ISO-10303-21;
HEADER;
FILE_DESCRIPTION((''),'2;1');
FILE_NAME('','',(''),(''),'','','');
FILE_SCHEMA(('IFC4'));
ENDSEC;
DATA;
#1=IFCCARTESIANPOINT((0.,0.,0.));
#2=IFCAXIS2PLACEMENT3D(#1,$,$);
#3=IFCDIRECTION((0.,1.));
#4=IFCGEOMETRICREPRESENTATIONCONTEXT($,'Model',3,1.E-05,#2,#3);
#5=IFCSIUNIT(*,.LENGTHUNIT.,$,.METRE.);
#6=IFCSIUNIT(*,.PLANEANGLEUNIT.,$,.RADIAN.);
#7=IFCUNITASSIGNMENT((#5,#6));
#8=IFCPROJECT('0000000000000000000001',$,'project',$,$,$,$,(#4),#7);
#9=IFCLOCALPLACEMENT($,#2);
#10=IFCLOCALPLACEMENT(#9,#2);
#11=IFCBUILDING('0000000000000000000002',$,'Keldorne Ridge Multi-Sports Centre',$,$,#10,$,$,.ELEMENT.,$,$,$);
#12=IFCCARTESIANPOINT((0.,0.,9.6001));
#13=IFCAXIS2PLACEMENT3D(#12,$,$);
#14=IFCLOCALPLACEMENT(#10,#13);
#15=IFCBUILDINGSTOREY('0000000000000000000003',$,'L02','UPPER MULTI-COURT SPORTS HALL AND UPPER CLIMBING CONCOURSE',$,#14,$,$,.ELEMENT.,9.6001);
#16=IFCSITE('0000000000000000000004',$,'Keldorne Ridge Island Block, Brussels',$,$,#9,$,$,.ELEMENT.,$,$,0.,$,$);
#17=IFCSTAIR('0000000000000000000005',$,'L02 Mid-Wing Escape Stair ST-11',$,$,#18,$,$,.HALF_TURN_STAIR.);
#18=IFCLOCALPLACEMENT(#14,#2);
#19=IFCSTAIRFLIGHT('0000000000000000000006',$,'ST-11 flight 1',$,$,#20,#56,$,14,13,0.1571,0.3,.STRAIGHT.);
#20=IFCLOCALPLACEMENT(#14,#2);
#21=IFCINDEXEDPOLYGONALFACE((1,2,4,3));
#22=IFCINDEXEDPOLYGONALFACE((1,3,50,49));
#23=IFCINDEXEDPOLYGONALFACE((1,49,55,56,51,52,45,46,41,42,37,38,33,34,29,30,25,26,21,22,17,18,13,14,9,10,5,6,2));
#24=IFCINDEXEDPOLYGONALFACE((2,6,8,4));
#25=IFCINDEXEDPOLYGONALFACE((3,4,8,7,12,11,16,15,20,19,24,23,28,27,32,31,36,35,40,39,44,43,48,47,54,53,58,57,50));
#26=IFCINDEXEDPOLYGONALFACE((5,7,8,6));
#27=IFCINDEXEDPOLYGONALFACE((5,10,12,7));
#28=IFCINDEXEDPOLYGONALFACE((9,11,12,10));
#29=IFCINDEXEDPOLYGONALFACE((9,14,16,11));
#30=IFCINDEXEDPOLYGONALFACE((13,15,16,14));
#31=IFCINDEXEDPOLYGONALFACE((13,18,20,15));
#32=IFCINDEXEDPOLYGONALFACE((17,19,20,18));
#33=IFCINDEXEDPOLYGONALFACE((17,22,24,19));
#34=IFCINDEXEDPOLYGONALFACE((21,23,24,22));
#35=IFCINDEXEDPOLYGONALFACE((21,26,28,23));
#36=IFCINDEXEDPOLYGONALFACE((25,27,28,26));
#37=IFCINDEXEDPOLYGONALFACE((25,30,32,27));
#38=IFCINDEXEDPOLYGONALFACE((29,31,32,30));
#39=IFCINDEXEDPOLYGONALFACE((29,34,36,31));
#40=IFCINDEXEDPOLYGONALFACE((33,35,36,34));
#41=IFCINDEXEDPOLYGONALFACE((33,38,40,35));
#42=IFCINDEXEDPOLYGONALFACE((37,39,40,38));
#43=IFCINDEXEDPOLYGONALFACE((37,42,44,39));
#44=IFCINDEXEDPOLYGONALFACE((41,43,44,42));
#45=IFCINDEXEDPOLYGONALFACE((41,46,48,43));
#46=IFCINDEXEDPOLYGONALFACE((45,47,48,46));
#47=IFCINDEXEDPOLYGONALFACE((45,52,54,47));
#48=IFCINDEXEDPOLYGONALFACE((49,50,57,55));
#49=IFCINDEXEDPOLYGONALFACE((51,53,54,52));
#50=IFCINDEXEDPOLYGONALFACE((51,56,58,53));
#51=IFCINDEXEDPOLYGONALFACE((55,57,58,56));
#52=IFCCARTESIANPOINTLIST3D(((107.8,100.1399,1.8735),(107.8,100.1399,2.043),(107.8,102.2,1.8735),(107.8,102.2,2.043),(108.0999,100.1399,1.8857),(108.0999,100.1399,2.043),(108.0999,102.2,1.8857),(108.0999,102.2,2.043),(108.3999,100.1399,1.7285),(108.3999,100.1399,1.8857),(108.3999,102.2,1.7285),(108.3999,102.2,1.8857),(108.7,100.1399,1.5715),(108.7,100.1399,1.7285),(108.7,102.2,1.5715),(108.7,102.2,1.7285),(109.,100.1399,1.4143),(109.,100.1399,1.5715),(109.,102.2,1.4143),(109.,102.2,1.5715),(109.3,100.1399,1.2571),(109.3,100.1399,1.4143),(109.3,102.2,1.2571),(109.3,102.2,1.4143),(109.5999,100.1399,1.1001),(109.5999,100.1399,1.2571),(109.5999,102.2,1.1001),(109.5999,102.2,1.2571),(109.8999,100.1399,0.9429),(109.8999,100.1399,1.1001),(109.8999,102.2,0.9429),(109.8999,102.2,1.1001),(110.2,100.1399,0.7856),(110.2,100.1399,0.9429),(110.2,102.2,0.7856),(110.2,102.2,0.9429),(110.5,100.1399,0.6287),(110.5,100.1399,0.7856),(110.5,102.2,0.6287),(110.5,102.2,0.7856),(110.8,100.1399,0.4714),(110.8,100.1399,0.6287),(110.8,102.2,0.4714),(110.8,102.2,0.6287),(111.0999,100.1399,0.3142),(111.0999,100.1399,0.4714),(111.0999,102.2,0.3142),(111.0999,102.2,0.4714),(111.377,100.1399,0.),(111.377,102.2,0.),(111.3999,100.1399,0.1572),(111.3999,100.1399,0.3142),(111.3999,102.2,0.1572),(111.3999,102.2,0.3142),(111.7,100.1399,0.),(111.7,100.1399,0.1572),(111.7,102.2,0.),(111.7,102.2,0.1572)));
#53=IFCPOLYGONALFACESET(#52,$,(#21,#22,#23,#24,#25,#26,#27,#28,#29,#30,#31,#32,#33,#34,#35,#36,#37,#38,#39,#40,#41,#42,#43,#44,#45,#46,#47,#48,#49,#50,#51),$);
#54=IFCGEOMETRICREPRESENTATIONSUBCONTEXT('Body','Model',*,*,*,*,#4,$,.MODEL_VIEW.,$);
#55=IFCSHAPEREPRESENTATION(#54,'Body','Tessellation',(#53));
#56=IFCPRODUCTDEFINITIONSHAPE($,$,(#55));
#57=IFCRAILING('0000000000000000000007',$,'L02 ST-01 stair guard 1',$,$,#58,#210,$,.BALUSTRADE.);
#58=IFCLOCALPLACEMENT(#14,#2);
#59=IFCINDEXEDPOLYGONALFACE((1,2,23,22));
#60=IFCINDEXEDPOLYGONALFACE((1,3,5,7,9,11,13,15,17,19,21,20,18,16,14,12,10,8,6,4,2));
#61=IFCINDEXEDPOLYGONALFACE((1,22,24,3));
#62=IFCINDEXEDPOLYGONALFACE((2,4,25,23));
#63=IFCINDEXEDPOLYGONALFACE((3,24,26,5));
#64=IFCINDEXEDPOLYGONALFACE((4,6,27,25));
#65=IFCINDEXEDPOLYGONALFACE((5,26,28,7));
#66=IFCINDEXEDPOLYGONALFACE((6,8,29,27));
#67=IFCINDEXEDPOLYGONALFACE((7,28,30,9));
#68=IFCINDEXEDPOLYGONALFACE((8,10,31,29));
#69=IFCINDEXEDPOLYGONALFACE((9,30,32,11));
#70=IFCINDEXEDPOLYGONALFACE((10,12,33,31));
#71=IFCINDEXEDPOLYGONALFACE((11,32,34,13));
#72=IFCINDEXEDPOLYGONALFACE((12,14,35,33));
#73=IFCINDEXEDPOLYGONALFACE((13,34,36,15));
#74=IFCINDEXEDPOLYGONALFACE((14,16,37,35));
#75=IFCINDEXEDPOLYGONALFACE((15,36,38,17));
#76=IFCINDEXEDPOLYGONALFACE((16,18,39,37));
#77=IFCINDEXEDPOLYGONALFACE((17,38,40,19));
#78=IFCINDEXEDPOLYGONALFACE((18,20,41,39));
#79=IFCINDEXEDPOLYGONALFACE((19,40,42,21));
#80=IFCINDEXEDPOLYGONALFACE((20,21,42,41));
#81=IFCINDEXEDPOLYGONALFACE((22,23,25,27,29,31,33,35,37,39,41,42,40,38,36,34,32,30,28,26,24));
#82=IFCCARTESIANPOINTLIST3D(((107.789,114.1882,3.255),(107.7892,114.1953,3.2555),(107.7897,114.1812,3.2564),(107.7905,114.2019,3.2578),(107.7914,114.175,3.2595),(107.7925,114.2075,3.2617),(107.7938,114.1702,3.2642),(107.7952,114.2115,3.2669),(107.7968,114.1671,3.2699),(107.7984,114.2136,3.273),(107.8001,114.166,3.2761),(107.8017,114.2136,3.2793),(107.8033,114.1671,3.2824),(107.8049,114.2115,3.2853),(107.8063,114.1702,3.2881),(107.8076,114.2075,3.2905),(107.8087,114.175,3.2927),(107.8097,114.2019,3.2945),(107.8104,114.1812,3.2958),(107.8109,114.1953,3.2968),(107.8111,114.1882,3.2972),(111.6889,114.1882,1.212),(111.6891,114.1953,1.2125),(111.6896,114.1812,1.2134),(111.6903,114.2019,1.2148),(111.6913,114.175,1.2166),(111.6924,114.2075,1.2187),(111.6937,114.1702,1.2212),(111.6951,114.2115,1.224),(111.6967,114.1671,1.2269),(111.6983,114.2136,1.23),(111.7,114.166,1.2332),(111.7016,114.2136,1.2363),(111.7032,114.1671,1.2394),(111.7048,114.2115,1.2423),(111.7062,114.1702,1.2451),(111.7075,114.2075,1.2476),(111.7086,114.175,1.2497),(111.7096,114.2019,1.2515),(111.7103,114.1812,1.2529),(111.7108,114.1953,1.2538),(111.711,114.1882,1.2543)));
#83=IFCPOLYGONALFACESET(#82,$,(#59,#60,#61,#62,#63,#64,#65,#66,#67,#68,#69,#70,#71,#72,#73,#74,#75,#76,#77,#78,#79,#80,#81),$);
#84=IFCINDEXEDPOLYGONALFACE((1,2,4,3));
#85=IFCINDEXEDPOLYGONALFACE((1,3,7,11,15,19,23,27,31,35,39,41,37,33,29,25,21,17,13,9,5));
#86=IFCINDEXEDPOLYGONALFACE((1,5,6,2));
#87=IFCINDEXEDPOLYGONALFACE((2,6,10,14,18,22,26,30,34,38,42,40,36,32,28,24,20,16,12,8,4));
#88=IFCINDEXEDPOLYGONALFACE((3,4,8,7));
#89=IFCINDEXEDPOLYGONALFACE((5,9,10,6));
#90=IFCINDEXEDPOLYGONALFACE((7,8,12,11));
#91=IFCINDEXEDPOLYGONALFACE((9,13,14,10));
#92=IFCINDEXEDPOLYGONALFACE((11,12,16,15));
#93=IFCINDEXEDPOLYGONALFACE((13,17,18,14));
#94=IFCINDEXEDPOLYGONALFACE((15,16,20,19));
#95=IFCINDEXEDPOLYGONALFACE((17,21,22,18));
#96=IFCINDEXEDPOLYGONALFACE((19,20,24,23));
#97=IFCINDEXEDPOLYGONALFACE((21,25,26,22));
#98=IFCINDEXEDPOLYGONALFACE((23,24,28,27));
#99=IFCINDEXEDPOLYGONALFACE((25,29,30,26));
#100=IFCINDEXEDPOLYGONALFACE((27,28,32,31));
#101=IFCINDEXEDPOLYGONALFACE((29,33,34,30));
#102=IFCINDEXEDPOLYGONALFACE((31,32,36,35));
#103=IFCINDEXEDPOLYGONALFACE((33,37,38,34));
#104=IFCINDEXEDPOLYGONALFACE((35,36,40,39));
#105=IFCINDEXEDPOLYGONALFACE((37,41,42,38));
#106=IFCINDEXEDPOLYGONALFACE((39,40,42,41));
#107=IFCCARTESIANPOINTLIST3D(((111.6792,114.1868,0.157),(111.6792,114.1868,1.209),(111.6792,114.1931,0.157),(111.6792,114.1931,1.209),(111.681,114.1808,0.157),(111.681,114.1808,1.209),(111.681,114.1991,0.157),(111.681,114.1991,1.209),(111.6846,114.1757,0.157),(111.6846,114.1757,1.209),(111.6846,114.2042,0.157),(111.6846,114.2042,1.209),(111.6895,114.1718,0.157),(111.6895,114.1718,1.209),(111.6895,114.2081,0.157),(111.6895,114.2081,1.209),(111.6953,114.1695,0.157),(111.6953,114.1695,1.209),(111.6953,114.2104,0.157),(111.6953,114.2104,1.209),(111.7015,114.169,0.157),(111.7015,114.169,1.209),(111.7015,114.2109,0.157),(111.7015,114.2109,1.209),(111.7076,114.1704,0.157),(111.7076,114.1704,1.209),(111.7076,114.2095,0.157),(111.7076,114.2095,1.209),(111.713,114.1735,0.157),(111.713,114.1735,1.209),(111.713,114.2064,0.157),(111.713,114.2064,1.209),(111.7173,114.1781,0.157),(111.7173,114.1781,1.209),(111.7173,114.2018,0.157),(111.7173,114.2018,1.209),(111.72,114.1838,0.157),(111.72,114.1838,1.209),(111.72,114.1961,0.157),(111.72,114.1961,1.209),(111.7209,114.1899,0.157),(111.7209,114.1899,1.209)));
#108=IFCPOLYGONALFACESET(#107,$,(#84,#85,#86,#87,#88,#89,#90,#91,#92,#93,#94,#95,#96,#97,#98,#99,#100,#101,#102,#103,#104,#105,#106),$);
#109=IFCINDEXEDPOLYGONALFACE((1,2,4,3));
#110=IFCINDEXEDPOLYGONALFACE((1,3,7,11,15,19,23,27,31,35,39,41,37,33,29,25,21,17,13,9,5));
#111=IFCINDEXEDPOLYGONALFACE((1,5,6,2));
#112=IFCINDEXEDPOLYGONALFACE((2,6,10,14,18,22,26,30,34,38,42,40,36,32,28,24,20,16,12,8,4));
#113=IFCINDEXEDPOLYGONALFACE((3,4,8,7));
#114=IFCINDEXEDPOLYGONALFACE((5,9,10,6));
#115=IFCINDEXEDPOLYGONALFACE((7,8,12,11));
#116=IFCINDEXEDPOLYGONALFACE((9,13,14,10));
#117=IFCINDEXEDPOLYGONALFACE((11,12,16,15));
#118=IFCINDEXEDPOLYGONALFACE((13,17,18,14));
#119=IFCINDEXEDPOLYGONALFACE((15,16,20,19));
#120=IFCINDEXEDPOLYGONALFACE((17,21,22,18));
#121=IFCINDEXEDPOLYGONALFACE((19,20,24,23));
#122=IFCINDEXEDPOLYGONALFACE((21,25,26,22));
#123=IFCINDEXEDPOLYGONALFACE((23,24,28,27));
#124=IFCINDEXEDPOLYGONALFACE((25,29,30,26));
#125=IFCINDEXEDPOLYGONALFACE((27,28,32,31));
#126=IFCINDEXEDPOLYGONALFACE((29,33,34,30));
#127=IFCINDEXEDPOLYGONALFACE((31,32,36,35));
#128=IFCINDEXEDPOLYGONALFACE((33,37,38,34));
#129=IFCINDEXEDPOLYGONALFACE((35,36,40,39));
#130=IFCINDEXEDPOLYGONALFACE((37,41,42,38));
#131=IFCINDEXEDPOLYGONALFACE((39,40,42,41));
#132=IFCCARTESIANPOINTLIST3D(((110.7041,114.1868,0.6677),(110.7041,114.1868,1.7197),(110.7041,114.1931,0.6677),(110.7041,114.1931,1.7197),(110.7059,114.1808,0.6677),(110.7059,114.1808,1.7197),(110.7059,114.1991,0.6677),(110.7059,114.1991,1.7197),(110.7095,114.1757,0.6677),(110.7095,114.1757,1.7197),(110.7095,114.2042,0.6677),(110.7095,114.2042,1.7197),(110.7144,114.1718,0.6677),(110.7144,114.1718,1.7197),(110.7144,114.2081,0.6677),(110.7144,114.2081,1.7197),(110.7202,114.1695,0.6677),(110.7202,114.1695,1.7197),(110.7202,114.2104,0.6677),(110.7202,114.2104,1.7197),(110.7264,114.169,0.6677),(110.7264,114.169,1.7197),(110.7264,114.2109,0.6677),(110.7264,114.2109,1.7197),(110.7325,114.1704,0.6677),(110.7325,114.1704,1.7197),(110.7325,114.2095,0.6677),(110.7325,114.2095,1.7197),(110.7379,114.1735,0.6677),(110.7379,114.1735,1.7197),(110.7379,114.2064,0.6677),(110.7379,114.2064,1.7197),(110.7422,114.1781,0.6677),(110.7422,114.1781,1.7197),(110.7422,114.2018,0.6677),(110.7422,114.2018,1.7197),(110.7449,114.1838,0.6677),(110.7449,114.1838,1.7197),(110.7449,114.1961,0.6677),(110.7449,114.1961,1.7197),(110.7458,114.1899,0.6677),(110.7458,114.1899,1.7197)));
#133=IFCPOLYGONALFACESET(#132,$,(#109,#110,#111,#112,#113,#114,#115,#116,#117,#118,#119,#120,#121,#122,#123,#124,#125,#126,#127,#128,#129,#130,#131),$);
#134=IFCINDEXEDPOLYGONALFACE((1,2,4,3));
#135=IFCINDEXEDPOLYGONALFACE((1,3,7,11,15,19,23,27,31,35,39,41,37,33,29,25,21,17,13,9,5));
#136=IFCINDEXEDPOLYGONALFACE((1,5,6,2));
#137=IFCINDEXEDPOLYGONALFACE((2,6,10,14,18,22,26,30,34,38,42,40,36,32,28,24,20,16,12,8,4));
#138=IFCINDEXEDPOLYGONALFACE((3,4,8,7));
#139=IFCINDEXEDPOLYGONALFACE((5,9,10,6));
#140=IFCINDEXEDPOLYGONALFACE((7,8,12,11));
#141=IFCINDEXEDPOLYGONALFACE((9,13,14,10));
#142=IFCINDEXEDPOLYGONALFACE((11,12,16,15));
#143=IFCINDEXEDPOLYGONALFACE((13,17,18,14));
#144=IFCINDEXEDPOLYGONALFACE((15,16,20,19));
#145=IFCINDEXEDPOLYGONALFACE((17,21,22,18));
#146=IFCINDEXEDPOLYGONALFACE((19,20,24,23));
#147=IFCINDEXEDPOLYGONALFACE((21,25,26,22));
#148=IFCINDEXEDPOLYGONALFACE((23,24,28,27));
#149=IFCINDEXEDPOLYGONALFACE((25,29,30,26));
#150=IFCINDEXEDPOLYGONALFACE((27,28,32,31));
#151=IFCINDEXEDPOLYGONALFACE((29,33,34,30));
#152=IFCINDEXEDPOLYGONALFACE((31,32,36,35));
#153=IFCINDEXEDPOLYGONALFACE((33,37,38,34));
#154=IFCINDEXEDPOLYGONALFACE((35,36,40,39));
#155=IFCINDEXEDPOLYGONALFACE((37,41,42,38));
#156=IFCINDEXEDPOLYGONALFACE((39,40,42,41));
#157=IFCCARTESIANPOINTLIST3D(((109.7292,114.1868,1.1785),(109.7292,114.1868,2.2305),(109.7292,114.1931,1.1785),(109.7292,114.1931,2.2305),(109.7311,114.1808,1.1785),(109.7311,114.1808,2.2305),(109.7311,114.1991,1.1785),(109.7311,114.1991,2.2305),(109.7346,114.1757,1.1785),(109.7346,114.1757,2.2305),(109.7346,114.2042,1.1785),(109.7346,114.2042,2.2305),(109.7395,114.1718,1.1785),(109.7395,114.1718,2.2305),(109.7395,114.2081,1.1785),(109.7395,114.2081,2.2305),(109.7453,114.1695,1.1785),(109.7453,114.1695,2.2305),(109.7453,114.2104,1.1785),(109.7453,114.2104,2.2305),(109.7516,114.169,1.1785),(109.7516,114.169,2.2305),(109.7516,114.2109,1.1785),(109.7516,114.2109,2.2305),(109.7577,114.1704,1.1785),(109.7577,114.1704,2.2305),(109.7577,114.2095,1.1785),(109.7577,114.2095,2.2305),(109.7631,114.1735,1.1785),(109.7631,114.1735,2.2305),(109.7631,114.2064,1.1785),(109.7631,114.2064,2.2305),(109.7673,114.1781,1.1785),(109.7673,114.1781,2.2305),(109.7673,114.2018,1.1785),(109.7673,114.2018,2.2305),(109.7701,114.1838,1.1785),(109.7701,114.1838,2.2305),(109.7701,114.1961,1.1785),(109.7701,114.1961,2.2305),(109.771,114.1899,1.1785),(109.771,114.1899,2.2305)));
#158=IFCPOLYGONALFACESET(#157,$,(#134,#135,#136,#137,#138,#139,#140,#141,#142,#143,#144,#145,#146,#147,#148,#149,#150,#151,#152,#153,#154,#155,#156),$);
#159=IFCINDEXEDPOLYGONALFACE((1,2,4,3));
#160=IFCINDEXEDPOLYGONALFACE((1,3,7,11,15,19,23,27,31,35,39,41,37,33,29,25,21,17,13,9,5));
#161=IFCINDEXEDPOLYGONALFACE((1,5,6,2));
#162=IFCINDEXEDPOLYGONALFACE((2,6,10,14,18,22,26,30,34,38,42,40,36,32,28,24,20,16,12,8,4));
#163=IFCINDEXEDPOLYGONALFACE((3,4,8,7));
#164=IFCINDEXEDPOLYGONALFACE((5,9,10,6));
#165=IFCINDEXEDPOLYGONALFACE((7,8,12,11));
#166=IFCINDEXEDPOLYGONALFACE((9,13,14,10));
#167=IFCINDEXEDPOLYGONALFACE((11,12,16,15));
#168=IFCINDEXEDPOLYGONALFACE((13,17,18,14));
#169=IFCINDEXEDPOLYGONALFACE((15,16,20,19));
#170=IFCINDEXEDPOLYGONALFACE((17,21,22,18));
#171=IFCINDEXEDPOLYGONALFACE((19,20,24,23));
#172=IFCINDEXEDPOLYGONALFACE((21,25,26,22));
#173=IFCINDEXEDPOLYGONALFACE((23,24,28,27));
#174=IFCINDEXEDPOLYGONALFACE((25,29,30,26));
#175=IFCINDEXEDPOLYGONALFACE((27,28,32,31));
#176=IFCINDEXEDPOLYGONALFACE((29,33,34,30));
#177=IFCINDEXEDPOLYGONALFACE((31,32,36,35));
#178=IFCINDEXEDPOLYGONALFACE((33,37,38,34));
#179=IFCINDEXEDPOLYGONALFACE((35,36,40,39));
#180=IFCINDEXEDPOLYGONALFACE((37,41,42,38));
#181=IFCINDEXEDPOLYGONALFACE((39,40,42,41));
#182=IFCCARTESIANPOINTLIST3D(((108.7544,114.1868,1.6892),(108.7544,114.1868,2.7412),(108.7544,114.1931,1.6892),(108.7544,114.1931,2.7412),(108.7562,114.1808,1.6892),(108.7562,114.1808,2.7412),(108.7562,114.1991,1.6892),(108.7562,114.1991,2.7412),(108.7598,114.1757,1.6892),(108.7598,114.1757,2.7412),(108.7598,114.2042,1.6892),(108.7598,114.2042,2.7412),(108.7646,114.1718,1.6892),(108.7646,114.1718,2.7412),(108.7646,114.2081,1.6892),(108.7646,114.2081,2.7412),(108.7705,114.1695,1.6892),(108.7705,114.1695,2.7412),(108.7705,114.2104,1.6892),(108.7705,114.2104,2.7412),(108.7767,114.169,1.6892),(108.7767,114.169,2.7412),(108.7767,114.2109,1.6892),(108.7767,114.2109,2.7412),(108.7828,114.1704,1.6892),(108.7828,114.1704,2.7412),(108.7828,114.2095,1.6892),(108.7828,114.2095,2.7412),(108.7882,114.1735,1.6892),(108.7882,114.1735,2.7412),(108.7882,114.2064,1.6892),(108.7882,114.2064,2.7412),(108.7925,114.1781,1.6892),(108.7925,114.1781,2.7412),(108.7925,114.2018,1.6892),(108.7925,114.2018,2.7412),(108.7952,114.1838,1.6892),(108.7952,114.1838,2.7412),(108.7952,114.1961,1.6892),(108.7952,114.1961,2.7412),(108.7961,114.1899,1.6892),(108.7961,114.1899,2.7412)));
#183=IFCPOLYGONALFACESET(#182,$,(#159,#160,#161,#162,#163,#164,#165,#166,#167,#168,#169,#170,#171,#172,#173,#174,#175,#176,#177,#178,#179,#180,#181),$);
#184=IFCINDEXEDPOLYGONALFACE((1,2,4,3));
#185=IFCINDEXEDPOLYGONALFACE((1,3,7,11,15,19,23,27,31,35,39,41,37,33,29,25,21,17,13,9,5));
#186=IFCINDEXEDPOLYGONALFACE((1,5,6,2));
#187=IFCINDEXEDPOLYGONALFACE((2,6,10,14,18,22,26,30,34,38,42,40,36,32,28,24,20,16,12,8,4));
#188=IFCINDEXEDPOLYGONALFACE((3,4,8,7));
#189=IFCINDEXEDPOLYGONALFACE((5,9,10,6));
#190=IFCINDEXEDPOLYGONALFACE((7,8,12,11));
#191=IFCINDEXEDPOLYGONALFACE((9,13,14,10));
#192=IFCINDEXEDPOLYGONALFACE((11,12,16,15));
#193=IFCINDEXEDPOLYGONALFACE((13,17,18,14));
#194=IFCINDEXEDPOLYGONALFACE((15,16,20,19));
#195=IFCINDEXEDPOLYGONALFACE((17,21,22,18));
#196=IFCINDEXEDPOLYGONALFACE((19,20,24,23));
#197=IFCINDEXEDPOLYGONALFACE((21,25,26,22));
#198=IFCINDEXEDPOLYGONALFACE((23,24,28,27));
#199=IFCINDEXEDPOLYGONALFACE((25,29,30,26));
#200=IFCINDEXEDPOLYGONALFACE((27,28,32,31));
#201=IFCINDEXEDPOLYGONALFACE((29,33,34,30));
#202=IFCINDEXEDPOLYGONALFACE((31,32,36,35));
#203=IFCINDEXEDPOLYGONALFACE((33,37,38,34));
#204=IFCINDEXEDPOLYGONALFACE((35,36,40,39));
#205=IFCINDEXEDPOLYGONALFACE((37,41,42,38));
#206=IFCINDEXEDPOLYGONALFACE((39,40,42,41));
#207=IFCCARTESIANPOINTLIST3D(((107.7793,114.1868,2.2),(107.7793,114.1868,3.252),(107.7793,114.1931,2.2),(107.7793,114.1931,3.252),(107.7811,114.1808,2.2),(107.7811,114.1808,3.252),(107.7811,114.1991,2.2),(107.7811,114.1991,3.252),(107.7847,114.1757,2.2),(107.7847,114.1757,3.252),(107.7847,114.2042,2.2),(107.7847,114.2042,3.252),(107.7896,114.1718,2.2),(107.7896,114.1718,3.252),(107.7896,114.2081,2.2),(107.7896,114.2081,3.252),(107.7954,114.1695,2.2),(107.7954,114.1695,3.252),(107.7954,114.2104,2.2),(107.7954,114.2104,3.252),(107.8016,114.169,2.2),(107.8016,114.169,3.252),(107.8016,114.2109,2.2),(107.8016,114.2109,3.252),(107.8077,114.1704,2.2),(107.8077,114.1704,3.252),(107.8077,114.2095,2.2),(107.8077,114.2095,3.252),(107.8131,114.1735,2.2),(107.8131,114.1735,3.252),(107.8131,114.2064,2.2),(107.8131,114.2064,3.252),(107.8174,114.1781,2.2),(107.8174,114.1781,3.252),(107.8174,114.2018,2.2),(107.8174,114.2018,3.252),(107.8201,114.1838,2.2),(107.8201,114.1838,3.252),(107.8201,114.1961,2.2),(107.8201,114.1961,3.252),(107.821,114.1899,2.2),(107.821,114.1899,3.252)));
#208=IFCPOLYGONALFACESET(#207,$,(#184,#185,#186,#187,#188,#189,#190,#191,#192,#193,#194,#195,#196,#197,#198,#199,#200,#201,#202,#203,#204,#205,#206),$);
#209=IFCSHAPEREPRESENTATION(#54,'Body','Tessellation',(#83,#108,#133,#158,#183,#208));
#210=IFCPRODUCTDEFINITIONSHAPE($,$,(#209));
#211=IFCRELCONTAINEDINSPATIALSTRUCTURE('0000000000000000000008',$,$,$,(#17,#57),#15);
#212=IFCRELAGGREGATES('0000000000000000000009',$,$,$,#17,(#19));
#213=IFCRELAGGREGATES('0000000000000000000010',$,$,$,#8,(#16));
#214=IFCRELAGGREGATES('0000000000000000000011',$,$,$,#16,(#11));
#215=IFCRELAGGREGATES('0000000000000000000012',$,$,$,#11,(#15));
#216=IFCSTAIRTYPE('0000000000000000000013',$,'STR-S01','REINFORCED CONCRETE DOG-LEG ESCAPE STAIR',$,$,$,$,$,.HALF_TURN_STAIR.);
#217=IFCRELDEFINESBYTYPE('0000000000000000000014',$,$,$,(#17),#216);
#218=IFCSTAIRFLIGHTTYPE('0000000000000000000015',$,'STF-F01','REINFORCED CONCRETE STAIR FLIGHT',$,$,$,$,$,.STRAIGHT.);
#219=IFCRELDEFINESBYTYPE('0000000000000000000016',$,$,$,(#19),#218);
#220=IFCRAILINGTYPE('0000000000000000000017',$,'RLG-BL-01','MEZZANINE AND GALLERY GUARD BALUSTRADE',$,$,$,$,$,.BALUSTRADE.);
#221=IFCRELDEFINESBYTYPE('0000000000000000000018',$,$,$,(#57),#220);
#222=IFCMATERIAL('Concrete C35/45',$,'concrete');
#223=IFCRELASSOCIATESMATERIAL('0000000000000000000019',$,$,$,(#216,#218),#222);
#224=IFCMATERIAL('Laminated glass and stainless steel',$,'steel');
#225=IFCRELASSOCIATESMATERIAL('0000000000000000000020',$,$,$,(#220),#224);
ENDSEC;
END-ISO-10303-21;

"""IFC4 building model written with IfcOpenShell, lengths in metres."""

from ifc_helpers import new_model, si_unit, direction, frame, origin, origin_2d, place, context, subcontext, project, spatial, polyline, circle, outline, extrude, material, type_object, element, aggregate, save


model = new_model("IFC4")

# Units and contexts
model_context = context("Model", 3, precision=1e-05, world=origin(), true_north=direction((0.0, 1.0)))
body_context = subcontext(model_context, "Body", "Model", "MODEL_VIEW")
ifc_project = project(units=[si_unit("LENGTHUNIT", "METRE"), si_unit("PLANEANGLEUNIT", "RADIAN")], contexts=[model_context])

# Site, building, storey
site_placement = place(None, origin())
site = spatial("IfcSite", under=ifc_project, at=site_placement, Name="Keldorne Ridge Island Block, Brussels", CompositionType="ELEMENT", RefElevation=0.0)
building_placement = place(site_placement, origin())
building = spatial("IfcBuilding", under=site, at=building_placement, Name="Keldorne Ridge Multi-Sports Centre", CompositionType="ELEMENT")
storey_placement = place(building_placement, frame((0.0, 0.0, 9.6001)))
storey = spatial("IfcBuildingStorey", under=building, at=storey_placement, Name="L02", Description="UPPER MULTI-COURT SPORTS HALL AND UPPER CLIMBING CONCOURSE", CompositionType="ELEMENT", Elevation=9.6001)

# Shared definitions
ifc_material_1 = material(Name="Concrete C35/45", Category="concrete")
stair_type = type_object("IfcStairType", Name="STR-S01", Description="REINFORCED CONCRETE DOG-LEG ESCAPE STAIR", PredefinedType="HALF_TURN_STAIR", material=ifc_material_1)
stair_flight_type = type_object("IfcStairFlightType", Name="STF-F01", Description="REINFORCED CONCRETE STAIR FLIGHT", PredefinedType="STRAIGHT", material=ifc_material_1)

# Stair, stair flight
stair_1_placement = place(storey_placement, origin())
stair_1 = element("IfcStair", 1, at=stair_1_placement, inside=storey, type_object=stair_type, Name="L02 Mid-Wing Escape Stair ST-11", PredefinedType="HALF_TURN_STAIR")
stair_flight_1_placement = place(storey_placement, frame((111.7, 101.1699, 0.0), z_axis=(0.0, 0.0, 1.0), x_axis=(-1.0, 0.0, 0.0)))
stair_flight_1 = element("IfcStairFlight", 2, at=stair_flight_1_placement, type_object=stair_flight_type, Name="ST-11 flight 1", NumberOfRisers=14, NumberOfTreads=13, PredefinedType="STRAIGHT", RiserHeight=0.1571, TreadLength=0.3, context=body_context, shape_type="SweptSolid", body=[
    extrude(outline(polyline([(0.0, 0.0), (0.0, 0.1572), (0.3, 0.1572), (0.3, 0.3142), (0.6001, 0.3142), (0.6001, 0.4714), (0.8999, 0.4714), (0.8999, 0.6287), (1.2, 0.6287), (1.2, 0.7856), (1.5, 0.7856), (1.5, 0.9429), (1.8, 0.9429), (1.8, 1.1001), (2.1001, 1.1001), (2.1001, 1.2571), (2.3999, 1.2571), (2.3999, 1.4143), (2.7, 1.4143), (2.7, 1.5715), (3.0, 1.5715), (3.0, 1.7285), (3.3, 1.7285), (3.3, 1.8857), (3.6001, 1.8857), (3.6001, 2.043), (3.8999, 2.043), (3.8999, 2.2), (3.8999, 1.8735), (0.323, 0.0), (0.0, 0.0)])), frame((0.0, 1.03, 0.0), z_axis=(0.0, -1.0, 0.0), x_axis=(1.0, 0.0, 0.0)), (0.0, 0.0, 1.0), 2.0601),
])
aggregate(stair_1, [stair_flight_1])

# Railing
ifc_material_2 = material(Name="Laminated glass and stainless steel", Category="steel")
railing_type_1 = type_object("IfcRailingType", Name="RLG-BL-01", Description="MEZZANINE AND GALLERY GUARD BALUSTRADE", PredefinedType="BALUSTRADE", material=ifc_material_2)
railing_1_placement = place(storey_placement, frame((111.7, 114.1899, 0.157)))
element("IfcRailing", 3, at=railing_1_placement, inside=storey, type_object=railing_type_1, Name="L02 ST-01 stair guard 1", PredefinedType="BALUSTRADE", context=body_context, shape_type="SweptSolid", body=[
    extrude(circle(Radius=0.0239, at=origin_2d()), frame((0.0, 0.0, 1.0762), z_axis=(-0.885816, 0.0, 0.464036), x_axis=(0.0, -1.0, 0.0)), (0.0, 0.0, 1.0), 4.4026),
    extrude(circle(Radius=0.021, at=origin_2d()), origin(), (0.0, 0.0, 1.0), 1.052),
    extrude(circle(Radius=0.021, at=origin_2d()), frame((-0.9751, 0.0, 0.5107)), (0.0, 0.0, 1.0), 1.052),
    extrude(circle(Radius=0.021, at=origin_2d()), frame((-1.95, 0.0, 1.0215)), (0.0, 0.0, 1.0), 1.052),
    extrude(circle(Radius=0.021, at=origin_2d()), frame((-2.9248, 0.0, 1.5322)), (0.0, 0.0, 1.0), 1.052),
    extrude(circle(Radius=0.021, at=origin_2d()), frame((-3.8999, 0.0, 2.043)), (0.0, 0.0, 1.0), 1.052),
])

save(model, "model.ifc")
